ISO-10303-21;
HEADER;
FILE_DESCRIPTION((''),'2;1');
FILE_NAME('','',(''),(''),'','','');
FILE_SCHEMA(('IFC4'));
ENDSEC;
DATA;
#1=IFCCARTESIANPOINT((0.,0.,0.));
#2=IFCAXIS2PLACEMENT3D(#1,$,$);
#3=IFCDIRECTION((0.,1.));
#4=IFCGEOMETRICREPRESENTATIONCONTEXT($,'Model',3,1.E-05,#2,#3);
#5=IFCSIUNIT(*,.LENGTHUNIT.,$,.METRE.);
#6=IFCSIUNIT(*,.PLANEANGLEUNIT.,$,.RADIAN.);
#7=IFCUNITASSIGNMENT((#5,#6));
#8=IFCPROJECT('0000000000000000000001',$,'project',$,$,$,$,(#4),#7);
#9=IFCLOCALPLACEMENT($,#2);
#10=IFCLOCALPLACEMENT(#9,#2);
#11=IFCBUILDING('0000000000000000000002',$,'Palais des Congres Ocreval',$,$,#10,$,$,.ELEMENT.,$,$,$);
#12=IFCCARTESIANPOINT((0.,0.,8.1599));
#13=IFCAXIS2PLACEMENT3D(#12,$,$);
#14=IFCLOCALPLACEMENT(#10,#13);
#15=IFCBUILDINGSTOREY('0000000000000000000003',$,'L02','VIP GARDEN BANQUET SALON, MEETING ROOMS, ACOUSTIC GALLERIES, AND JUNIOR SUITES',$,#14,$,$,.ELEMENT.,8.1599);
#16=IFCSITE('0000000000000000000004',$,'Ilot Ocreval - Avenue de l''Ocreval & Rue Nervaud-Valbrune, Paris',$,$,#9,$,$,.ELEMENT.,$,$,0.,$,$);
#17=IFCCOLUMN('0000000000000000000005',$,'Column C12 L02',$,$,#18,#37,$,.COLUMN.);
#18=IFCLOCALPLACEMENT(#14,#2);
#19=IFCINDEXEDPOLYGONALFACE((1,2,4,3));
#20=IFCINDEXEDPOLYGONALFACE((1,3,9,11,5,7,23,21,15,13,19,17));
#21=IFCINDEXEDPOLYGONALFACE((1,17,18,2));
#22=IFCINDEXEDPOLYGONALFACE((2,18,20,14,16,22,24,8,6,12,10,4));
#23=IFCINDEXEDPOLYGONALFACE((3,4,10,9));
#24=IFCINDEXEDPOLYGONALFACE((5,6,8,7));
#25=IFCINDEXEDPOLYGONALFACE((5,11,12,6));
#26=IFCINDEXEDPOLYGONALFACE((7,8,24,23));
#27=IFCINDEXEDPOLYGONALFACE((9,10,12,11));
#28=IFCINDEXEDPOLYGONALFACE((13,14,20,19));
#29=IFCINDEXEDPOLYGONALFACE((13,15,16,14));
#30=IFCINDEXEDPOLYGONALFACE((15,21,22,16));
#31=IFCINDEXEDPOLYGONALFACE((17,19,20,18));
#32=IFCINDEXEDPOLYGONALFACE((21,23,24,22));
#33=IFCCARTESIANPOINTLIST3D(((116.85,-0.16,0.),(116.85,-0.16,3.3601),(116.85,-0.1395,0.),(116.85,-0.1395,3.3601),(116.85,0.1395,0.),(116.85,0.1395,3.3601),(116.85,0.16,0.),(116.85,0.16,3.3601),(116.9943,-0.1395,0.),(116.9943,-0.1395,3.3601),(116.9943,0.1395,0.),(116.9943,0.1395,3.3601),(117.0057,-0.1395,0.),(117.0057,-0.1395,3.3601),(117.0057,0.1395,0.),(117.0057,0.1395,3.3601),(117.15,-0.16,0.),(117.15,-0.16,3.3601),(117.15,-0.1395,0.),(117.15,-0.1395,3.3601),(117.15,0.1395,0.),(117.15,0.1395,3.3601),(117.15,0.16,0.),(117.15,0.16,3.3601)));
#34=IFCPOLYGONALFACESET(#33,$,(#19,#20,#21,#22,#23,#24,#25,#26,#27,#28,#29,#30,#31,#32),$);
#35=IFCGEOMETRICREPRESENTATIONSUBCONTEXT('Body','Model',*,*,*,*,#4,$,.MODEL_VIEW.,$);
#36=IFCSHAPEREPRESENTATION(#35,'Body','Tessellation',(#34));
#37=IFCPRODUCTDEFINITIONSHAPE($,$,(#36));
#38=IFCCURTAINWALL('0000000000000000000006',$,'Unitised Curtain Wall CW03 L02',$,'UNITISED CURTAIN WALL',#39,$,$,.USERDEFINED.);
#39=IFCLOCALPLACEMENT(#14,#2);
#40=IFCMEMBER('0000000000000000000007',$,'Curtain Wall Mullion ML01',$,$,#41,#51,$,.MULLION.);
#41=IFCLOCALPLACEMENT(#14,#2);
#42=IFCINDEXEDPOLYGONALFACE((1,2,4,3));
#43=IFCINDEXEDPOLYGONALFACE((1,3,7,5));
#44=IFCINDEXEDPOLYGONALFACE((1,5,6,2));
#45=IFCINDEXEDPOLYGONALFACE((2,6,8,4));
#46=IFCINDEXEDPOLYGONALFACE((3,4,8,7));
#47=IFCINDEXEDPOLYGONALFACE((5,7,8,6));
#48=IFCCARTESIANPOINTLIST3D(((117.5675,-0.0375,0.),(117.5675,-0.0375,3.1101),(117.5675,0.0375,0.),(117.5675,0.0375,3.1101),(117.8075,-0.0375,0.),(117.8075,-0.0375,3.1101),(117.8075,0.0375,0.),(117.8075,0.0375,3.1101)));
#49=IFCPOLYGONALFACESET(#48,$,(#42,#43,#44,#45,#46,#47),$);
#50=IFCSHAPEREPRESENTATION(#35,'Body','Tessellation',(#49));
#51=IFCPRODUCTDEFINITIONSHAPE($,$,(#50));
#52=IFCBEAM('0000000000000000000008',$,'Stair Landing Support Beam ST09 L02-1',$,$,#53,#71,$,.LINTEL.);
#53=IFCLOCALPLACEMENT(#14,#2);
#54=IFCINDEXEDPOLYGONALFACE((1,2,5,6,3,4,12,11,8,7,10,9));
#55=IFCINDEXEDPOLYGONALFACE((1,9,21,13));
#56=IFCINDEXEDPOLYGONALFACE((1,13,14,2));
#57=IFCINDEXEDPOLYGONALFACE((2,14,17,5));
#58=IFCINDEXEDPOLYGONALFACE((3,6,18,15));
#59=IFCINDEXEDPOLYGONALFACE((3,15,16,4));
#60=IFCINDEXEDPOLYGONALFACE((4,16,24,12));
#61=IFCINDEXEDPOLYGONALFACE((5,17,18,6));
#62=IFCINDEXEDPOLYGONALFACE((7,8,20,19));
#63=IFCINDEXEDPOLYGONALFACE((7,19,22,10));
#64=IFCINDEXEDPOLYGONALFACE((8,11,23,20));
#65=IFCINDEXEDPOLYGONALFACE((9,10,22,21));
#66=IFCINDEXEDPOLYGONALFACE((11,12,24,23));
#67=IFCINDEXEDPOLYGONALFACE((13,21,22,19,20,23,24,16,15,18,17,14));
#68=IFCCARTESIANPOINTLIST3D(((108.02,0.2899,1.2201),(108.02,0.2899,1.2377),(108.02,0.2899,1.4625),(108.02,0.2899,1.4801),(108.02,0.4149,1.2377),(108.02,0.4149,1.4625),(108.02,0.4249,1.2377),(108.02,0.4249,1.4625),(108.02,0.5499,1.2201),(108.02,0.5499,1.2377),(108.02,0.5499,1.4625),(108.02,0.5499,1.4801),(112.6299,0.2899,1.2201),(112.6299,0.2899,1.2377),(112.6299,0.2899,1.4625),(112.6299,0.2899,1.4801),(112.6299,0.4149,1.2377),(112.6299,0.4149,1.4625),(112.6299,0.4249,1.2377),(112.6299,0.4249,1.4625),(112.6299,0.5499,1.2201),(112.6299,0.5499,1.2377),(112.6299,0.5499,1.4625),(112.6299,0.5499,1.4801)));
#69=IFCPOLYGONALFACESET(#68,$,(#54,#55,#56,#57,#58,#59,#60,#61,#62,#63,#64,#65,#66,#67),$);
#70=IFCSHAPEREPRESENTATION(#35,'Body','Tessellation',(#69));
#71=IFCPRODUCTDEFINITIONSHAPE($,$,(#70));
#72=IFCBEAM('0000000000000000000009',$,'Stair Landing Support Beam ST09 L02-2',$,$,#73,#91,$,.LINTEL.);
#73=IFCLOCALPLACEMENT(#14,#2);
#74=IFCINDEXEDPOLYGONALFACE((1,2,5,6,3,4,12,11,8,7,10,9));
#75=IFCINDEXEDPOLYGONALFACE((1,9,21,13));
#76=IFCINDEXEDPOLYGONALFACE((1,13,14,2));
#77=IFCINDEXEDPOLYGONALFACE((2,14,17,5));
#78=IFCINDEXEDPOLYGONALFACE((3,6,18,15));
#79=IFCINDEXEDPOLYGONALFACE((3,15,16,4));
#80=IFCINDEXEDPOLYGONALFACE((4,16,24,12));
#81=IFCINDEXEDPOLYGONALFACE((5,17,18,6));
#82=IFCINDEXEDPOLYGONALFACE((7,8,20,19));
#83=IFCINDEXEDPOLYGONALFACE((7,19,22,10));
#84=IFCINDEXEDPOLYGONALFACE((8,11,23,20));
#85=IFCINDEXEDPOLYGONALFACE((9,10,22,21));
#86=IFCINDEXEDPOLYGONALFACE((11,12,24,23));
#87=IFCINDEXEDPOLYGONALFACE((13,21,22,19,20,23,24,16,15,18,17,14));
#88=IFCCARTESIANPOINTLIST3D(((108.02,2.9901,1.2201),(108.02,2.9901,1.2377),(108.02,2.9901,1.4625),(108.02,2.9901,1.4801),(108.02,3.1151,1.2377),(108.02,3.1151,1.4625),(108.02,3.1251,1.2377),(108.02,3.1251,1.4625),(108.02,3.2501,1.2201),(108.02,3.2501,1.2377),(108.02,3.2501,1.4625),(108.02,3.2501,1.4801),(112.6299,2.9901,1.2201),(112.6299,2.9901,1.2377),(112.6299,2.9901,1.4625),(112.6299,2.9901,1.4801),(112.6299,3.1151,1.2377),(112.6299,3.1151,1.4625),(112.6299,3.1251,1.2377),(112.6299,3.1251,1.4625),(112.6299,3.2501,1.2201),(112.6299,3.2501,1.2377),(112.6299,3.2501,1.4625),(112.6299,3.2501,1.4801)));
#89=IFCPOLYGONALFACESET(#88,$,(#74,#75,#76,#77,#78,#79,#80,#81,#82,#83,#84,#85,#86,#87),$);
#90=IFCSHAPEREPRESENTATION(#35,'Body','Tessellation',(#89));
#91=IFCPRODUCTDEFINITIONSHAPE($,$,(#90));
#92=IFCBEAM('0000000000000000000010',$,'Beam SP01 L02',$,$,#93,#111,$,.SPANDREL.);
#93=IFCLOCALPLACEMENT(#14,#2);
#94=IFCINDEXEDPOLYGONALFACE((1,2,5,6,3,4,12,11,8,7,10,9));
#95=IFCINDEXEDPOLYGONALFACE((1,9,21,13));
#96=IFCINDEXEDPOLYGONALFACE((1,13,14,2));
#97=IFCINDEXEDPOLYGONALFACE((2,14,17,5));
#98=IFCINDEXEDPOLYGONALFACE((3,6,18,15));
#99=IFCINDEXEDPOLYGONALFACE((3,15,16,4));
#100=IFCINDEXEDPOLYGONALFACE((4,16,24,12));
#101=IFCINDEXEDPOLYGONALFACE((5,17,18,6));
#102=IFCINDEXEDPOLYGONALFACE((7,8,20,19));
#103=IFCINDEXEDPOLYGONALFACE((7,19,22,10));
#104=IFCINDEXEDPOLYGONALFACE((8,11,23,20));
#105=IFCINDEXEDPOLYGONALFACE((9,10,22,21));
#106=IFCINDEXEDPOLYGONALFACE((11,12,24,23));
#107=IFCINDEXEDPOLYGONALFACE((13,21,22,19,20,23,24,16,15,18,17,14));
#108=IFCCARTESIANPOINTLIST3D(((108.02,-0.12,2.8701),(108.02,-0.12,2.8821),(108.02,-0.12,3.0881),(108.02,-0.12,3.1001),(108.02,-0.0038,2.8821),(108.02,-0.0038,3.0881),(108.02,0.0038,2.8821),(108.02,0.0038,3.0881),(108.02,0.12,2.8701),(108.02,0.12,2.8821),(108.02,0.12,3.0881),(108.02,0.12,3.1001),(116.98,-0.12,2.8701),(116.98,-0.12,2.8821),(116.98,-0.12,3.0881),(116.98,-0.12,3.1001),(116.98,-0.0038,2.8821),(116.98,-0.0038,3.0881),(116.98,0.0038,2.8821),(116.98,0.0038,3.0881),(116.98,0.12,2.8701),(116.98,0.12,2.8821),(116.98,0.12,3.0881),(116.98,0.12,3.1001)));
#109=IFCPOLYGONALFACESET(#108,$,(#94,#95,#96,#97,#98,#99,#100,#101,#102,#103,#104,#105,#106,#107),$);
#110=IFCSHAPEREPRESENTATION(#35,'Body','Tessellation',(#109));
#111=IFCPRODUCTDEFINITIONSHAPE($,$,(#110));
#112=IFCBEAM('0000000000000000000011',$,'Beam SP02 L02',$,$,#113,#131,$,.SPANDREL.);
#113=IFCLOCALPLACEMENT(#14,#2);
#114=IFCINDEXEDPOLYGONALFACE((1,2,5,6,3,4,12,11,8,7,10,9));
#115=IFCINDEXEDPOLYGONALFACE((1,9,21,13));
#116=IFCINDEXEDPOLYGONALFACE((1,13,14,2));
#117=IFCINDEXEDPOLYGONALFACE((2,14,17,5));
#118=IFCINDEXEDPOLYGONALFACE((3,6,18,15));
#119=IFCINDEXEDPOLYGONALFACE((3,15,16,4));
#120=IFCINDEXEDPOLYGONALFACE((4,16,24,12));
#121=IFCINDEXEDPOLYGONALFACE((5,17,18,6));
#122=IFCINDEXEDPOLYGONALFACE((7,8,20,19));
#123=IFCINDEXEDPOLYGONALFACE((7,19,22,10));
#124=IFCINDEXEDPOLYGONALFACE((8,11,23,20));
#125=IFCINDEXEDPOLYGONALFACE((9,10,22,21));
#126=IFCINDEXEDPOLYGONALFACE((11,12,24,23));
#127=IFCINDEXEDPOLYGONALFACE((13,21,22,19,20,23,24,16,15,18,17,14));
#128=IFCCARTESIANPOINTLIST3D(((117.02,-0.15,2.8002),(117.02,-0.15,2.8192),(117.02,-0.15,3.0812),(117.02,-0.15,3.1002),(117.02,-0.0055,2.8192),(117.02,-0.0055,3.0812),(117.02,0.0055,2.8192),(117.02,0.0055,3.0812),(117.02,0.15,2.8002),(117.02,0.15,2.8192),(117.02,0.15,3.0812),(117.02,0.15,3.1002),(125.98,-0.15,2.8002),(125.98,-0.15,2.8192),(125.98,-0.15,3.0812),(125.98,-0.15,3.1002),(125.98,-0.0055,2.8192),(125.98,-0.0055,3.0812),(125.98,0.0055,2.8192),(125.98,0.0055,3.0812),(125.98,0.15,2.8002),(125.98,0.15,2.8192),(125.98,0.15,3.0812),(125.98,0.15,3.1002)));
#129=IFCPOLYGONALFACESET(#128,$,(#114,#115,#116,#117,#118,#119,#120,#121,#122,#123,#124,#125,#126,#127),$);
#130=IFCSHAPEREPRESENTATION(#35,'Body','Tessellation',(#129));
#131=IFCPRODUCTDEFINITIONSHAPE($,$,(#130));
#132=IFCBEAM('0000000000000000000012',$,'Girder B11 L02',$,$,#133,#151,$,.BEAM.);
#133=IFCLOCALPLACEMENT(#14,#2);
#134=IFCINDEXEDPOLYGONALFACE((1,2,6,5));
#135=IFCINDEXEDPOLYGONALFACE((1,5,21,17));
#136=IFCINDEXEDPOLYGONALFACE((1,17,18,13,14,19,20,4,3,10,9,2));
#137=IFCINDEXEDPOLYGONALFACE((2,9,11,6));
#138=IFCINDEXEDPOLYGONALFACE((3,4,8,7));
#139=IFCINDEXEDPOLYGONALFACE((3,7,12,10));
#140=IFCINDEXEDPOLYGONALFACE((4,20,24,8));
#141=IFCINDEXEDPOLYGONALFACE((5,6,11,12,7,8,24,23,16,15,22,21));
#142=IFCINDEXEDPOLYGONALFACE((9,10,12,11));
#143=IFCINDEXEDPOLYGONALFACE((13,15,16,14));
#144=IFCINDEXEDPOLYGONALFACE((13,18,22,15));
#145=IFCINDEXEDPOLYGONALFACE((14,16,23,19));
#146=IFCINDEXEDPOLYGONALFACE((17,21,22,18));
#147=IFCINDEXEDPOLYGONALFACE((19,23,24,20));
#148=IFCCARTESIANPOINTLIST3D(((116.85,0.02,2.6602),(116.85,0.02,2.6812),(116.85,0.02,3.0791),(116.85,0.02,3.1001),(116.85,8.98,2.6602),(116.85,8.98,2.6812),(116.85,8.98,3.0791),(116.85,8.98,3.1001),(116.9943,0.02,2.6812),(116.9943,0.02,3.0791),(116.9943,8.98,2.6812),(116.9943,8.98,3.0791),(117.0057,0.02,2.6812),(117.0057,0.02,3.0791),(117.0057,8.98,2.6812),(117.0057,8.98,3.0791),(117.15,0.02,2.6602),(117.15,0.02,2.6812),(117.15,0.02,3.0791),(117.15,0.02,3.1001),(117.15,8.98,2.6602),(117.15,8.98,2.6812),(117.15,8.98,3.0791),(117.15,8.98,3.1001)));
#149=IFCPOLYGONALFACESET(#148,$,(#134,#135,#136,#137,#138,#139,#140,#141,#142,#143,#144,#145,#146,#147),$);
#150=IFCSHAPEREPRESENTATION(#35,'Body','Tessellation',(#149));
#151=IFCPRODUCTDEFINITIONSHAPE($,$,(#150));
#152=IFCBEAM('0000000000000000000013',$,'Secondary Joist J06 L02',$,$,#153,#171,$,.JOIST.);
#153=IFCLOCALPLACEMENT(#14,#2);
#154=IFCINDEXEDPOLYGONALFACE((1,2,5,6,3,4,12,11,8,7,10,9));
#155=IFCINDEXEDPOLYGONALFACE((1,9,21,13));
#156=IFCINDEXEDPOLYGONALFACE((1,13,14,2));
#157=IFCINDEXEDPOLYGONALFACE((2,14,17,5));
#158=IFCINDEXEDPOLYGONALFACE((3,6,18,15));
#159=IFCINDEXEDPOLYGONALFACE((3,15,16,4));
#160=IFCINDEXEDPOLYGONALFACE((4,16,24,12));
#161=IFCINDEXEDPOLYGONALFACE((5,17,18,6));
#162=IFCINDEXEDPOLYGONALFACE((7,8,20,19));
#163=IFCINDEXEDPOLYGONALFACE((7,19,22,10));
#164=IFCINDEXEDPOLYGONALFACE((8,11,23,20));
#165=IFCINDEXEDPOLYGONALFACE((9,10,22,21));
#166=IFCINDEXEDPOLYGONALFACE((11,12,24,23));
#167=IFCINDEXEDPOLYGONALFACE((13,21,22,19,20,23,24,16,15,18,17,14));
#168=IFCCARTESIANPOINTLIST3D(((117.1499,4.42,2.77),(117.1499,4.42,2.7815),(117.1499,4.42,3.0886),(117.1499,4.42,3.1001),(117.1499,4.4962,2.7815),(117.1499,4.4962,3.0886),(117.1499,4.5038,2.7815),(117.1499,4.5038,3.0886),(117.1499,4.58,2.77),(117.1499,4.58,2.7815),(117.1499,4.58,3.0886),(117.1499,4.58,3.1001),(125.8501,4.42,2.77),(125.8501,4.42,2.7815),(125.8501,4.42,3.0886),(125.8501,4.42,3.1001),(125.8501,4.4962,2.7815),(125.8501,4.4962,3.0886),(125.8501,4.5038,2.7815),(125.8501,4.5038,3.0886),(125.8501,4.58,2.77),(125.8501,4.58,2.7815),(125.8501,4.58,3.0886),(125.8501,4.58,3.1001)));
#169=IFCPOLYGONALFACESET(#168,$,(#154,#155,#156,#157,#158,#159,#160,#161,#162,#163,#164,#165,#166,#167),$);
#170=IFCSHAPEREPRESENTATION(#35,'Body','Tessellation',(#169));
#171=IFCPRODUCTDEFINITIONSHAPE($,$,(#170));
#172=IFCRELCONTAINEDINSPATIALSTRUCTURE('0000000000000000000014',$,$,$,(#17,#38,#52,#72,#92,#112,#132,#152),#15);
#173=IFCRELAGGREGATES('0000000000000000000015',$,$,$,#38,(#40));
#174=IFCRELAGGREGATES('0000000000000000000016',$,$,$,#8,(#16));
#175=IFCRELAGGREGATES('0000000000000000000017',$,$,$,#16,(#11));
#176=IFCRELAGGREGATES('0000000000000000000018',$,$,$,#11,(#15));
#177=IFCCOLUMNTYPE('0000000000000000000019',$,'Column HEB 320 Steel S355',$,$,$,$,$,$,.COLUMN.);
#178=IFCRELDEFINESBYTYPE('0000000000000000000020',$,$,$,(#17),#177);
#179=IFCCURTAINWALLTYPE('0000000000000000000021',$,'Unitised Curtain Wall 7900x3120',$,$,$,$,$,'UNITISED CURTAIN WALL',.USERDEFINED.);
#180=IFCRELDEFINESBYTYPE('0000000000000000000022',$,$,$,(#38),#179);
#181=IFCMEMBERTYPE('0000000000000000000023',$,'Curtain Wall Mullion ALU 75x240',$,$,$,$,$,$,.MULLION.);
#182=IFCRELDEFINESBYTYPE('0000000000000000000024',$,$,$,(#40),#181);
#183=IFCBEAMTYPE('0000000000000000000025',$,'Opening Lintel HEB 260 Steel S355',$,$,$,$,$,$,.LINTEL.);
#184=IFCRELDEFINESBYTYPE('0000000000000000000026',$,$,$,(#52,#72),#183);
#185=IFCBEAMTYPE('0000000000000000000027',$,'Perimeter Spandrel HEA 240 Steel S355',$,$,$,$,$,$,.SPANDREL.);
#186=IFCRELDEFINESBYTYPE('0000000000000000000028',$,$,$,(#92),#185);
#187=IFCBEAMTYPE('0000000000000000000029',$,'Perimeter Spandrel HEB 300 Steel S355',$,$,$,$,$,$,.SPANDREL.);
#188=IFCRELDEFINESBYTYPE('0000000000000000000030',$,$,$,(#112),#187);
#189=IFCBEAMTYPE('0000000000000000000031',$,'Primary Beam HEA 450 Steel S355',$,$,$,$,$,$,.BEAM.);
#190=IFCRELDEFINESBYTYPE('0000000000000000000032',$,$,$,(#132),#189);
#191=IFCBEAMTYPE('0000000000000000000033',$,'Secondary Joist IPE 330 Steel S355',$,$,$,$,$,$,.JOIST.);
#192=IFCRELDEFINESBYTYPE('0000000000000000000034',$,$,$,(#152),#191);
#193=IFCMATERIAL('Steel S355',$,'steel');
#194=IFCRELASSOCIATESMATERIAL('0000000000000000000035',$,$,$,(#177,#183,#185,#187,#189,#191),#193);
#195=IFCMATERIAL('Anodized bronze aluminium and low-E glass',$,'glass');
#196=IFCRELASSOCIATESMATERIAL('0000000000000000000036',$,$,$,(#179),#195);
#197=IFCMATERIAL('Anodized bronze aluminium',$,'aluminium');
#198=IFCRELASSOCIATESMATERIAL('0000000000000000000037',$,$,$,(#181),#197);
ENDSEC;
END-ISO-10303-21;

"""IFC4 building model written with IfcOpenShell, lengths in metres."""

from ifc_helpers import new_model, si_unit, direction, frame, origin, origin_2d, place, context, subcontext, project, spatial, rectangle, i_section, extrude, material, material_profile, profile_set, type_object, element, aggregate, save


model = new_model("IFC4")

# Units and contexts
model_context = context("Model", 3, precision=1e-05, world=origin(), true_north=direction((0.0, 1.0)))
body_context = subcontext(model_context, "Body", "Model", "MODEL_VIEW")
ifc_project = project(units=[si_unit("LENGTHUNIT", "METRE"), si_unit("PLANEANGLEUNIT", "RADIAN")], contexts=[model_context])

# Site, building, storey
site_placement = place(None, origin())
site = spatial("IfcSite", under=ifc_project, at=site_placement, Name="Ilot Ocreval - Avenue de l'Ocreval & Rue Nervaud-Valbrune, Paris", CompositionType="ELEMENT", RefElevation=0.0)
building_placement = place(site_placement, origin())
building = spatial("IfcBuilding", under=site, at=building_placement, Name="Palais des Congres Ocreval", CompositionType="ELEMENT")
storey_placement = place(building_placement, frame((0.0, 0.0, 8.1599)))
storey = spatial("IfcBuildingStorey", under=building, at=storey_placement, Name="L02", Description="VIP GARDEN BANQUET SALON, MEETING ROOMS, ACOUSTIC GALLERIES, AND JUNIOR SUITES", CompositionType="ELEMENT", Elevation=8.1599)

# Column
ifc_material_1 = material(Name="Steel S355", Category="steel")
ifc_material_profile_1 = material_profile(ifc_material_1, i_section(OverallWidth=0.3, OverallDepth=0.3201, WebThickness=0.0115, FlangeThickness=0.0205, at=origin_2d()), Name="HEB 320")
ifc_profile_set_1 = profile_set([ifc_material_profile_1], Name="Steel S355")
column_type = type_object("IfcColumnType", Name="Column HEB 320 Steel S355", PredefinedType="COLUMN", material=ifc_profile_set_1)
column_placement = place(storey_placement, frame((117.0, 0.0, 0.0), z_axis=(0.0, 0.0, 1.0), x_axis=(1.0, 0.0, 0.0)))
element("IfcColumn", 1, at=column_placement, inside=storey, type_object=column_type, Name="Column C12 L02", PredefinedType="COLUMN", context=body_context, shape_type="SweptSolid", body=[
    extrude(i_section(OverallWidth=0.3, OverallDepth=0.3201, WebThickness=0.0115, FlangeThickness=0.0205, at=origin_2d()), origin(), (0.0, 0.0, 1.0), 3.3601),
])

# Curtain wall, member
ifc_material_2 = material(Name="Anodized bronze aluminium and low-E glass", Category="glass")
curtain_wall_type = type_object("IfcCurtainWallType", Name="Unitised Curtain Wall 7900x3120", ElementType="UNITISED CURTAIN WALL", PredefinedType="USERDEFINED", material=ifc_material_2)
curtain_wall_placement = place(storey_placement, origin())
curtain_wall = element("IfcCurtainWall", 2, at=curtain_wall_placement, inside=storey, type_object=curtain_wall_type, Name="Unitised Curtain Wall CW03 L02", ObjectType="UNITISED CURTAIN WALL", PredefinedType="USERDEFINED")
ifc_material_3 = material(Name="Anodized bronze aluminium", Category="aluminium")
ifc_material_profile_2 = material_profile(ifc_material_3, rectangle(XDim=0.075, YDim=0.24, at=origin_2d()), Name="ALU 75x240")
ifc_profile_set_2 = profile_set([ifc_material_profile_2], Name="Anodized bronze aluminium")
member_type = type_object("IfcMemberType", Name="Curtain Wall Mullion ALU 75x240", PredefinedType="MULLION", material=ifc_profile_set_2)
member_placement = place(storey_placement, frame((117.6875, 0.0, 0.0), z_axis=(0.0, 0.0, 1.0), x_axis=(0.0, -1.0, 0.0)))
member = element("IfcMember", 3, at=member_placement, type_object=member_type, Name="Curtain Wall Mullion ML01", PredefinedType="MULLION", context=body_context, shape_type="SweptSolid", body=[
    extrude(rectangle(XDim=0.075, YDim=0.24, at=origin_2d()), origin(), (0.0, 0.0, 1.0), 3.1101),
])

# Beams
ifc_material_profile_3 = material_profile(ifc_material_1, i_section(OverallWidth=0.26, OverallDepth=0.26, WebThickness=0.01, FlangeThickness=0.0176, at=origin_2d()), Name="HEB 260")
ifc_profile_set_3 = profile_set([ifc_material_profile_3], Name="Steel S355")
beam_type_1 = type_object("IfcBeamType", Name="Opening Lintel HEB 260 Steel S355", PredefinedType="LINTEL", material=ifc_profile_set_3)
for number, where, z_axis, x_axis, name in (
    (4, (108.02, 0.4199, 1.3501), (1.0, 0.0, 0.0), (0.0, 1.0, 0.0), "Stair Landing Support Beam ST09 L02-1"),
    (5, (108.02, 3.1201, 1.3501), (1.0, 0.0, 0.0), (0.0, 1.0, 0.0), "Stair Landing Support Beam ST09 L02-2"),
):
    element("IfcBeam", number, at=place(storey_placement, frame(where, z_axis=z_axis, x_axis=x_axis)), inside=storey, type_object=beam_type_1, Name=name, PredefinedType="LINTEL", context=body_context, shape_type="SweptSolid", body=[
        extrude(i_section(OverallWidth=0.26, OverallDepth=0.26, WebThickness=0.01, FlangeThickness=0.0176, at=origin_2d()), origin(), (0.0, 0.0, 1.0), 4.6099),
    ])
ifc_material_profile_4 = material_profile(ifc_material_1, i_section(OverallWidth=0.24, OverallDepth=0.23, WebThickness=0.0076, FlangeThickness=0.012, at=origin_2d()), Name="HEA 240")
ifc_profile_set_4 = profile_set([ifc_material_profile_4], Name="Steel S355")
beam_type_2 = type_object("IfcBeamType", Name="Perimeter Spandrel HEA 240 Steel S355", PredefinedType="SPANDREL", material=ifc_profile_set_4)
beam_1_placement = place(storey_placement, frame((108.02, 0.0, 2.9851), z_axis=(1.0, 0.0, 0.0), x_axis=(0.0, 1.0, 0.0)))
element("IfcBeam", 6, at=beam_1_placement, inside=storey, type_object=beam_type_2, Name="Beam SP01 L02", PredefinedType="SPANDREL", context=body_context, shape_type="SweptSolid", body=[
    extrude(i_section(OverallWidth=0.24, OverallDepth=0.23, WebThickness=0.0076, FlangeThickness=0.012, at=origin_2d()), origin(), (0.0, 0.0, 1.0), 8.96),
])
ifc_material_profile_5 = material_profile(ifc_material_1, i_section(OverallWidth=0.3, OverallDepth=0.3, WebThickness=0.011, FlangeThickness=0.019, at=origin_2d()), Name="HEB 300")
ifc_profile_set_5 = profile_set([ifc_material_profile_5], Name="Steel S355")
beam_type_3 = type_object("IfcBeamType", Name="Perimeter Spandrel HEB 300 Steel S355", PredefinedType="SPANDREL", material=ifc_profile_set_5)
beam_2_placement = place(storey_placement, frame((117.02, 0.0, 2.9502), z_axis=(1.0, 0.0, 0.0), x_axis=(0.0, 1.0, 0.0)))
element("IfcBeam", 7, at=beam_2_placement, inside=storey, type_object=beam_type_3, Name="Beam SP02 L02", PredefinedType="SPANDREL", context=body_context, shape_type="SweptSolid", body=[
    extrude(i_section(OverallWidth=0.3, OverallDepth=0.3, WebThickness=0.011, FlangeThickness=0.019, at=origin_2d()), origin(), (0.0, 0.0, 1.0), 8.96),
])
ifc_material_profile_6 = material_profile(ifc_material_1, i_section(OverallWidth=0.3, OverallDepth=0.4399, WebThickness=0.0115, FlangeThickness=0.021, at=origin_2d()), Name="HEA 450")
ifc_profile_set_6 = profile_set([ifc_material_profile_6], Name="Steel S355")
beam_type_4 = type_object("IfcBeamType", Name="Primary Beam HEA 450 Steel S355", PredefinedType="BEAM", material=ifc_profile_set_6)
beam_3_placement = place(storey_placement, frame((117.0, 0.02, 2.8801), z_axis=(0.0, 1.0, 0.0), x_axis=(-1.0, 0.0, 0.0)))
element("IfcBeam", 8, at=beam_3_placement, inside=storey, type_object=beam_type_4, Name="Girder B11 L02", PredefinedType="BEAM", context=body_context, shape_type="SweptSolid", body=[
    extrude(i_section(OverallWidth=0.3, OverallDepth=0.4399, WebThickness=0.0115, FlangeThickness=0.021, at=origin_2d()), origin(), (0.0, 0.0, 1.0), 8.96),
])
ifc_material_profile_7 = material_profile(ifc_material_1, i_section(OverallWidth=0.1599, OverallDepth=0.3301, WebThickness=0.0076, FlangeThickness=0.0115, at=origin_2d()), Name="IPE 330")
ifc_profile_set_7 = profile_set([ifc_material_profile_7], Name="Steel S355")
beam_type_5 = type_object("IfcBeamType", Name="Secondary Joist IPE 330 Steel S355", PredefinedType="JOIST", material=ifc_profile_set_7)
beam_4_placement = place(storey_placement, frame((117.1499, 4.5, 2.9351), z_axis=(1.0, 0.0, 0.0), x_axis=(0.0, 1.0, 0.0)))
element("IfcBeam", 9, at=beam_4_placement, inside=storey, type_object=beam_type_5, Name="Secondary Joist J06 L02", PredefinedType="JOIST", context=body_context, shape_type="SweptSolid", body=[
    extrude(i_section(OverallWidth=0.1599, OverallDepth=0.3301, WebThickness=0.0076, FlangeThickness=0.0115, at=origin_2d()), origin(), (0.0, 0.0, 1.0), 8.7002),
])

aggregate(curtain_wall, [member])

save(model, "model.ifc")
